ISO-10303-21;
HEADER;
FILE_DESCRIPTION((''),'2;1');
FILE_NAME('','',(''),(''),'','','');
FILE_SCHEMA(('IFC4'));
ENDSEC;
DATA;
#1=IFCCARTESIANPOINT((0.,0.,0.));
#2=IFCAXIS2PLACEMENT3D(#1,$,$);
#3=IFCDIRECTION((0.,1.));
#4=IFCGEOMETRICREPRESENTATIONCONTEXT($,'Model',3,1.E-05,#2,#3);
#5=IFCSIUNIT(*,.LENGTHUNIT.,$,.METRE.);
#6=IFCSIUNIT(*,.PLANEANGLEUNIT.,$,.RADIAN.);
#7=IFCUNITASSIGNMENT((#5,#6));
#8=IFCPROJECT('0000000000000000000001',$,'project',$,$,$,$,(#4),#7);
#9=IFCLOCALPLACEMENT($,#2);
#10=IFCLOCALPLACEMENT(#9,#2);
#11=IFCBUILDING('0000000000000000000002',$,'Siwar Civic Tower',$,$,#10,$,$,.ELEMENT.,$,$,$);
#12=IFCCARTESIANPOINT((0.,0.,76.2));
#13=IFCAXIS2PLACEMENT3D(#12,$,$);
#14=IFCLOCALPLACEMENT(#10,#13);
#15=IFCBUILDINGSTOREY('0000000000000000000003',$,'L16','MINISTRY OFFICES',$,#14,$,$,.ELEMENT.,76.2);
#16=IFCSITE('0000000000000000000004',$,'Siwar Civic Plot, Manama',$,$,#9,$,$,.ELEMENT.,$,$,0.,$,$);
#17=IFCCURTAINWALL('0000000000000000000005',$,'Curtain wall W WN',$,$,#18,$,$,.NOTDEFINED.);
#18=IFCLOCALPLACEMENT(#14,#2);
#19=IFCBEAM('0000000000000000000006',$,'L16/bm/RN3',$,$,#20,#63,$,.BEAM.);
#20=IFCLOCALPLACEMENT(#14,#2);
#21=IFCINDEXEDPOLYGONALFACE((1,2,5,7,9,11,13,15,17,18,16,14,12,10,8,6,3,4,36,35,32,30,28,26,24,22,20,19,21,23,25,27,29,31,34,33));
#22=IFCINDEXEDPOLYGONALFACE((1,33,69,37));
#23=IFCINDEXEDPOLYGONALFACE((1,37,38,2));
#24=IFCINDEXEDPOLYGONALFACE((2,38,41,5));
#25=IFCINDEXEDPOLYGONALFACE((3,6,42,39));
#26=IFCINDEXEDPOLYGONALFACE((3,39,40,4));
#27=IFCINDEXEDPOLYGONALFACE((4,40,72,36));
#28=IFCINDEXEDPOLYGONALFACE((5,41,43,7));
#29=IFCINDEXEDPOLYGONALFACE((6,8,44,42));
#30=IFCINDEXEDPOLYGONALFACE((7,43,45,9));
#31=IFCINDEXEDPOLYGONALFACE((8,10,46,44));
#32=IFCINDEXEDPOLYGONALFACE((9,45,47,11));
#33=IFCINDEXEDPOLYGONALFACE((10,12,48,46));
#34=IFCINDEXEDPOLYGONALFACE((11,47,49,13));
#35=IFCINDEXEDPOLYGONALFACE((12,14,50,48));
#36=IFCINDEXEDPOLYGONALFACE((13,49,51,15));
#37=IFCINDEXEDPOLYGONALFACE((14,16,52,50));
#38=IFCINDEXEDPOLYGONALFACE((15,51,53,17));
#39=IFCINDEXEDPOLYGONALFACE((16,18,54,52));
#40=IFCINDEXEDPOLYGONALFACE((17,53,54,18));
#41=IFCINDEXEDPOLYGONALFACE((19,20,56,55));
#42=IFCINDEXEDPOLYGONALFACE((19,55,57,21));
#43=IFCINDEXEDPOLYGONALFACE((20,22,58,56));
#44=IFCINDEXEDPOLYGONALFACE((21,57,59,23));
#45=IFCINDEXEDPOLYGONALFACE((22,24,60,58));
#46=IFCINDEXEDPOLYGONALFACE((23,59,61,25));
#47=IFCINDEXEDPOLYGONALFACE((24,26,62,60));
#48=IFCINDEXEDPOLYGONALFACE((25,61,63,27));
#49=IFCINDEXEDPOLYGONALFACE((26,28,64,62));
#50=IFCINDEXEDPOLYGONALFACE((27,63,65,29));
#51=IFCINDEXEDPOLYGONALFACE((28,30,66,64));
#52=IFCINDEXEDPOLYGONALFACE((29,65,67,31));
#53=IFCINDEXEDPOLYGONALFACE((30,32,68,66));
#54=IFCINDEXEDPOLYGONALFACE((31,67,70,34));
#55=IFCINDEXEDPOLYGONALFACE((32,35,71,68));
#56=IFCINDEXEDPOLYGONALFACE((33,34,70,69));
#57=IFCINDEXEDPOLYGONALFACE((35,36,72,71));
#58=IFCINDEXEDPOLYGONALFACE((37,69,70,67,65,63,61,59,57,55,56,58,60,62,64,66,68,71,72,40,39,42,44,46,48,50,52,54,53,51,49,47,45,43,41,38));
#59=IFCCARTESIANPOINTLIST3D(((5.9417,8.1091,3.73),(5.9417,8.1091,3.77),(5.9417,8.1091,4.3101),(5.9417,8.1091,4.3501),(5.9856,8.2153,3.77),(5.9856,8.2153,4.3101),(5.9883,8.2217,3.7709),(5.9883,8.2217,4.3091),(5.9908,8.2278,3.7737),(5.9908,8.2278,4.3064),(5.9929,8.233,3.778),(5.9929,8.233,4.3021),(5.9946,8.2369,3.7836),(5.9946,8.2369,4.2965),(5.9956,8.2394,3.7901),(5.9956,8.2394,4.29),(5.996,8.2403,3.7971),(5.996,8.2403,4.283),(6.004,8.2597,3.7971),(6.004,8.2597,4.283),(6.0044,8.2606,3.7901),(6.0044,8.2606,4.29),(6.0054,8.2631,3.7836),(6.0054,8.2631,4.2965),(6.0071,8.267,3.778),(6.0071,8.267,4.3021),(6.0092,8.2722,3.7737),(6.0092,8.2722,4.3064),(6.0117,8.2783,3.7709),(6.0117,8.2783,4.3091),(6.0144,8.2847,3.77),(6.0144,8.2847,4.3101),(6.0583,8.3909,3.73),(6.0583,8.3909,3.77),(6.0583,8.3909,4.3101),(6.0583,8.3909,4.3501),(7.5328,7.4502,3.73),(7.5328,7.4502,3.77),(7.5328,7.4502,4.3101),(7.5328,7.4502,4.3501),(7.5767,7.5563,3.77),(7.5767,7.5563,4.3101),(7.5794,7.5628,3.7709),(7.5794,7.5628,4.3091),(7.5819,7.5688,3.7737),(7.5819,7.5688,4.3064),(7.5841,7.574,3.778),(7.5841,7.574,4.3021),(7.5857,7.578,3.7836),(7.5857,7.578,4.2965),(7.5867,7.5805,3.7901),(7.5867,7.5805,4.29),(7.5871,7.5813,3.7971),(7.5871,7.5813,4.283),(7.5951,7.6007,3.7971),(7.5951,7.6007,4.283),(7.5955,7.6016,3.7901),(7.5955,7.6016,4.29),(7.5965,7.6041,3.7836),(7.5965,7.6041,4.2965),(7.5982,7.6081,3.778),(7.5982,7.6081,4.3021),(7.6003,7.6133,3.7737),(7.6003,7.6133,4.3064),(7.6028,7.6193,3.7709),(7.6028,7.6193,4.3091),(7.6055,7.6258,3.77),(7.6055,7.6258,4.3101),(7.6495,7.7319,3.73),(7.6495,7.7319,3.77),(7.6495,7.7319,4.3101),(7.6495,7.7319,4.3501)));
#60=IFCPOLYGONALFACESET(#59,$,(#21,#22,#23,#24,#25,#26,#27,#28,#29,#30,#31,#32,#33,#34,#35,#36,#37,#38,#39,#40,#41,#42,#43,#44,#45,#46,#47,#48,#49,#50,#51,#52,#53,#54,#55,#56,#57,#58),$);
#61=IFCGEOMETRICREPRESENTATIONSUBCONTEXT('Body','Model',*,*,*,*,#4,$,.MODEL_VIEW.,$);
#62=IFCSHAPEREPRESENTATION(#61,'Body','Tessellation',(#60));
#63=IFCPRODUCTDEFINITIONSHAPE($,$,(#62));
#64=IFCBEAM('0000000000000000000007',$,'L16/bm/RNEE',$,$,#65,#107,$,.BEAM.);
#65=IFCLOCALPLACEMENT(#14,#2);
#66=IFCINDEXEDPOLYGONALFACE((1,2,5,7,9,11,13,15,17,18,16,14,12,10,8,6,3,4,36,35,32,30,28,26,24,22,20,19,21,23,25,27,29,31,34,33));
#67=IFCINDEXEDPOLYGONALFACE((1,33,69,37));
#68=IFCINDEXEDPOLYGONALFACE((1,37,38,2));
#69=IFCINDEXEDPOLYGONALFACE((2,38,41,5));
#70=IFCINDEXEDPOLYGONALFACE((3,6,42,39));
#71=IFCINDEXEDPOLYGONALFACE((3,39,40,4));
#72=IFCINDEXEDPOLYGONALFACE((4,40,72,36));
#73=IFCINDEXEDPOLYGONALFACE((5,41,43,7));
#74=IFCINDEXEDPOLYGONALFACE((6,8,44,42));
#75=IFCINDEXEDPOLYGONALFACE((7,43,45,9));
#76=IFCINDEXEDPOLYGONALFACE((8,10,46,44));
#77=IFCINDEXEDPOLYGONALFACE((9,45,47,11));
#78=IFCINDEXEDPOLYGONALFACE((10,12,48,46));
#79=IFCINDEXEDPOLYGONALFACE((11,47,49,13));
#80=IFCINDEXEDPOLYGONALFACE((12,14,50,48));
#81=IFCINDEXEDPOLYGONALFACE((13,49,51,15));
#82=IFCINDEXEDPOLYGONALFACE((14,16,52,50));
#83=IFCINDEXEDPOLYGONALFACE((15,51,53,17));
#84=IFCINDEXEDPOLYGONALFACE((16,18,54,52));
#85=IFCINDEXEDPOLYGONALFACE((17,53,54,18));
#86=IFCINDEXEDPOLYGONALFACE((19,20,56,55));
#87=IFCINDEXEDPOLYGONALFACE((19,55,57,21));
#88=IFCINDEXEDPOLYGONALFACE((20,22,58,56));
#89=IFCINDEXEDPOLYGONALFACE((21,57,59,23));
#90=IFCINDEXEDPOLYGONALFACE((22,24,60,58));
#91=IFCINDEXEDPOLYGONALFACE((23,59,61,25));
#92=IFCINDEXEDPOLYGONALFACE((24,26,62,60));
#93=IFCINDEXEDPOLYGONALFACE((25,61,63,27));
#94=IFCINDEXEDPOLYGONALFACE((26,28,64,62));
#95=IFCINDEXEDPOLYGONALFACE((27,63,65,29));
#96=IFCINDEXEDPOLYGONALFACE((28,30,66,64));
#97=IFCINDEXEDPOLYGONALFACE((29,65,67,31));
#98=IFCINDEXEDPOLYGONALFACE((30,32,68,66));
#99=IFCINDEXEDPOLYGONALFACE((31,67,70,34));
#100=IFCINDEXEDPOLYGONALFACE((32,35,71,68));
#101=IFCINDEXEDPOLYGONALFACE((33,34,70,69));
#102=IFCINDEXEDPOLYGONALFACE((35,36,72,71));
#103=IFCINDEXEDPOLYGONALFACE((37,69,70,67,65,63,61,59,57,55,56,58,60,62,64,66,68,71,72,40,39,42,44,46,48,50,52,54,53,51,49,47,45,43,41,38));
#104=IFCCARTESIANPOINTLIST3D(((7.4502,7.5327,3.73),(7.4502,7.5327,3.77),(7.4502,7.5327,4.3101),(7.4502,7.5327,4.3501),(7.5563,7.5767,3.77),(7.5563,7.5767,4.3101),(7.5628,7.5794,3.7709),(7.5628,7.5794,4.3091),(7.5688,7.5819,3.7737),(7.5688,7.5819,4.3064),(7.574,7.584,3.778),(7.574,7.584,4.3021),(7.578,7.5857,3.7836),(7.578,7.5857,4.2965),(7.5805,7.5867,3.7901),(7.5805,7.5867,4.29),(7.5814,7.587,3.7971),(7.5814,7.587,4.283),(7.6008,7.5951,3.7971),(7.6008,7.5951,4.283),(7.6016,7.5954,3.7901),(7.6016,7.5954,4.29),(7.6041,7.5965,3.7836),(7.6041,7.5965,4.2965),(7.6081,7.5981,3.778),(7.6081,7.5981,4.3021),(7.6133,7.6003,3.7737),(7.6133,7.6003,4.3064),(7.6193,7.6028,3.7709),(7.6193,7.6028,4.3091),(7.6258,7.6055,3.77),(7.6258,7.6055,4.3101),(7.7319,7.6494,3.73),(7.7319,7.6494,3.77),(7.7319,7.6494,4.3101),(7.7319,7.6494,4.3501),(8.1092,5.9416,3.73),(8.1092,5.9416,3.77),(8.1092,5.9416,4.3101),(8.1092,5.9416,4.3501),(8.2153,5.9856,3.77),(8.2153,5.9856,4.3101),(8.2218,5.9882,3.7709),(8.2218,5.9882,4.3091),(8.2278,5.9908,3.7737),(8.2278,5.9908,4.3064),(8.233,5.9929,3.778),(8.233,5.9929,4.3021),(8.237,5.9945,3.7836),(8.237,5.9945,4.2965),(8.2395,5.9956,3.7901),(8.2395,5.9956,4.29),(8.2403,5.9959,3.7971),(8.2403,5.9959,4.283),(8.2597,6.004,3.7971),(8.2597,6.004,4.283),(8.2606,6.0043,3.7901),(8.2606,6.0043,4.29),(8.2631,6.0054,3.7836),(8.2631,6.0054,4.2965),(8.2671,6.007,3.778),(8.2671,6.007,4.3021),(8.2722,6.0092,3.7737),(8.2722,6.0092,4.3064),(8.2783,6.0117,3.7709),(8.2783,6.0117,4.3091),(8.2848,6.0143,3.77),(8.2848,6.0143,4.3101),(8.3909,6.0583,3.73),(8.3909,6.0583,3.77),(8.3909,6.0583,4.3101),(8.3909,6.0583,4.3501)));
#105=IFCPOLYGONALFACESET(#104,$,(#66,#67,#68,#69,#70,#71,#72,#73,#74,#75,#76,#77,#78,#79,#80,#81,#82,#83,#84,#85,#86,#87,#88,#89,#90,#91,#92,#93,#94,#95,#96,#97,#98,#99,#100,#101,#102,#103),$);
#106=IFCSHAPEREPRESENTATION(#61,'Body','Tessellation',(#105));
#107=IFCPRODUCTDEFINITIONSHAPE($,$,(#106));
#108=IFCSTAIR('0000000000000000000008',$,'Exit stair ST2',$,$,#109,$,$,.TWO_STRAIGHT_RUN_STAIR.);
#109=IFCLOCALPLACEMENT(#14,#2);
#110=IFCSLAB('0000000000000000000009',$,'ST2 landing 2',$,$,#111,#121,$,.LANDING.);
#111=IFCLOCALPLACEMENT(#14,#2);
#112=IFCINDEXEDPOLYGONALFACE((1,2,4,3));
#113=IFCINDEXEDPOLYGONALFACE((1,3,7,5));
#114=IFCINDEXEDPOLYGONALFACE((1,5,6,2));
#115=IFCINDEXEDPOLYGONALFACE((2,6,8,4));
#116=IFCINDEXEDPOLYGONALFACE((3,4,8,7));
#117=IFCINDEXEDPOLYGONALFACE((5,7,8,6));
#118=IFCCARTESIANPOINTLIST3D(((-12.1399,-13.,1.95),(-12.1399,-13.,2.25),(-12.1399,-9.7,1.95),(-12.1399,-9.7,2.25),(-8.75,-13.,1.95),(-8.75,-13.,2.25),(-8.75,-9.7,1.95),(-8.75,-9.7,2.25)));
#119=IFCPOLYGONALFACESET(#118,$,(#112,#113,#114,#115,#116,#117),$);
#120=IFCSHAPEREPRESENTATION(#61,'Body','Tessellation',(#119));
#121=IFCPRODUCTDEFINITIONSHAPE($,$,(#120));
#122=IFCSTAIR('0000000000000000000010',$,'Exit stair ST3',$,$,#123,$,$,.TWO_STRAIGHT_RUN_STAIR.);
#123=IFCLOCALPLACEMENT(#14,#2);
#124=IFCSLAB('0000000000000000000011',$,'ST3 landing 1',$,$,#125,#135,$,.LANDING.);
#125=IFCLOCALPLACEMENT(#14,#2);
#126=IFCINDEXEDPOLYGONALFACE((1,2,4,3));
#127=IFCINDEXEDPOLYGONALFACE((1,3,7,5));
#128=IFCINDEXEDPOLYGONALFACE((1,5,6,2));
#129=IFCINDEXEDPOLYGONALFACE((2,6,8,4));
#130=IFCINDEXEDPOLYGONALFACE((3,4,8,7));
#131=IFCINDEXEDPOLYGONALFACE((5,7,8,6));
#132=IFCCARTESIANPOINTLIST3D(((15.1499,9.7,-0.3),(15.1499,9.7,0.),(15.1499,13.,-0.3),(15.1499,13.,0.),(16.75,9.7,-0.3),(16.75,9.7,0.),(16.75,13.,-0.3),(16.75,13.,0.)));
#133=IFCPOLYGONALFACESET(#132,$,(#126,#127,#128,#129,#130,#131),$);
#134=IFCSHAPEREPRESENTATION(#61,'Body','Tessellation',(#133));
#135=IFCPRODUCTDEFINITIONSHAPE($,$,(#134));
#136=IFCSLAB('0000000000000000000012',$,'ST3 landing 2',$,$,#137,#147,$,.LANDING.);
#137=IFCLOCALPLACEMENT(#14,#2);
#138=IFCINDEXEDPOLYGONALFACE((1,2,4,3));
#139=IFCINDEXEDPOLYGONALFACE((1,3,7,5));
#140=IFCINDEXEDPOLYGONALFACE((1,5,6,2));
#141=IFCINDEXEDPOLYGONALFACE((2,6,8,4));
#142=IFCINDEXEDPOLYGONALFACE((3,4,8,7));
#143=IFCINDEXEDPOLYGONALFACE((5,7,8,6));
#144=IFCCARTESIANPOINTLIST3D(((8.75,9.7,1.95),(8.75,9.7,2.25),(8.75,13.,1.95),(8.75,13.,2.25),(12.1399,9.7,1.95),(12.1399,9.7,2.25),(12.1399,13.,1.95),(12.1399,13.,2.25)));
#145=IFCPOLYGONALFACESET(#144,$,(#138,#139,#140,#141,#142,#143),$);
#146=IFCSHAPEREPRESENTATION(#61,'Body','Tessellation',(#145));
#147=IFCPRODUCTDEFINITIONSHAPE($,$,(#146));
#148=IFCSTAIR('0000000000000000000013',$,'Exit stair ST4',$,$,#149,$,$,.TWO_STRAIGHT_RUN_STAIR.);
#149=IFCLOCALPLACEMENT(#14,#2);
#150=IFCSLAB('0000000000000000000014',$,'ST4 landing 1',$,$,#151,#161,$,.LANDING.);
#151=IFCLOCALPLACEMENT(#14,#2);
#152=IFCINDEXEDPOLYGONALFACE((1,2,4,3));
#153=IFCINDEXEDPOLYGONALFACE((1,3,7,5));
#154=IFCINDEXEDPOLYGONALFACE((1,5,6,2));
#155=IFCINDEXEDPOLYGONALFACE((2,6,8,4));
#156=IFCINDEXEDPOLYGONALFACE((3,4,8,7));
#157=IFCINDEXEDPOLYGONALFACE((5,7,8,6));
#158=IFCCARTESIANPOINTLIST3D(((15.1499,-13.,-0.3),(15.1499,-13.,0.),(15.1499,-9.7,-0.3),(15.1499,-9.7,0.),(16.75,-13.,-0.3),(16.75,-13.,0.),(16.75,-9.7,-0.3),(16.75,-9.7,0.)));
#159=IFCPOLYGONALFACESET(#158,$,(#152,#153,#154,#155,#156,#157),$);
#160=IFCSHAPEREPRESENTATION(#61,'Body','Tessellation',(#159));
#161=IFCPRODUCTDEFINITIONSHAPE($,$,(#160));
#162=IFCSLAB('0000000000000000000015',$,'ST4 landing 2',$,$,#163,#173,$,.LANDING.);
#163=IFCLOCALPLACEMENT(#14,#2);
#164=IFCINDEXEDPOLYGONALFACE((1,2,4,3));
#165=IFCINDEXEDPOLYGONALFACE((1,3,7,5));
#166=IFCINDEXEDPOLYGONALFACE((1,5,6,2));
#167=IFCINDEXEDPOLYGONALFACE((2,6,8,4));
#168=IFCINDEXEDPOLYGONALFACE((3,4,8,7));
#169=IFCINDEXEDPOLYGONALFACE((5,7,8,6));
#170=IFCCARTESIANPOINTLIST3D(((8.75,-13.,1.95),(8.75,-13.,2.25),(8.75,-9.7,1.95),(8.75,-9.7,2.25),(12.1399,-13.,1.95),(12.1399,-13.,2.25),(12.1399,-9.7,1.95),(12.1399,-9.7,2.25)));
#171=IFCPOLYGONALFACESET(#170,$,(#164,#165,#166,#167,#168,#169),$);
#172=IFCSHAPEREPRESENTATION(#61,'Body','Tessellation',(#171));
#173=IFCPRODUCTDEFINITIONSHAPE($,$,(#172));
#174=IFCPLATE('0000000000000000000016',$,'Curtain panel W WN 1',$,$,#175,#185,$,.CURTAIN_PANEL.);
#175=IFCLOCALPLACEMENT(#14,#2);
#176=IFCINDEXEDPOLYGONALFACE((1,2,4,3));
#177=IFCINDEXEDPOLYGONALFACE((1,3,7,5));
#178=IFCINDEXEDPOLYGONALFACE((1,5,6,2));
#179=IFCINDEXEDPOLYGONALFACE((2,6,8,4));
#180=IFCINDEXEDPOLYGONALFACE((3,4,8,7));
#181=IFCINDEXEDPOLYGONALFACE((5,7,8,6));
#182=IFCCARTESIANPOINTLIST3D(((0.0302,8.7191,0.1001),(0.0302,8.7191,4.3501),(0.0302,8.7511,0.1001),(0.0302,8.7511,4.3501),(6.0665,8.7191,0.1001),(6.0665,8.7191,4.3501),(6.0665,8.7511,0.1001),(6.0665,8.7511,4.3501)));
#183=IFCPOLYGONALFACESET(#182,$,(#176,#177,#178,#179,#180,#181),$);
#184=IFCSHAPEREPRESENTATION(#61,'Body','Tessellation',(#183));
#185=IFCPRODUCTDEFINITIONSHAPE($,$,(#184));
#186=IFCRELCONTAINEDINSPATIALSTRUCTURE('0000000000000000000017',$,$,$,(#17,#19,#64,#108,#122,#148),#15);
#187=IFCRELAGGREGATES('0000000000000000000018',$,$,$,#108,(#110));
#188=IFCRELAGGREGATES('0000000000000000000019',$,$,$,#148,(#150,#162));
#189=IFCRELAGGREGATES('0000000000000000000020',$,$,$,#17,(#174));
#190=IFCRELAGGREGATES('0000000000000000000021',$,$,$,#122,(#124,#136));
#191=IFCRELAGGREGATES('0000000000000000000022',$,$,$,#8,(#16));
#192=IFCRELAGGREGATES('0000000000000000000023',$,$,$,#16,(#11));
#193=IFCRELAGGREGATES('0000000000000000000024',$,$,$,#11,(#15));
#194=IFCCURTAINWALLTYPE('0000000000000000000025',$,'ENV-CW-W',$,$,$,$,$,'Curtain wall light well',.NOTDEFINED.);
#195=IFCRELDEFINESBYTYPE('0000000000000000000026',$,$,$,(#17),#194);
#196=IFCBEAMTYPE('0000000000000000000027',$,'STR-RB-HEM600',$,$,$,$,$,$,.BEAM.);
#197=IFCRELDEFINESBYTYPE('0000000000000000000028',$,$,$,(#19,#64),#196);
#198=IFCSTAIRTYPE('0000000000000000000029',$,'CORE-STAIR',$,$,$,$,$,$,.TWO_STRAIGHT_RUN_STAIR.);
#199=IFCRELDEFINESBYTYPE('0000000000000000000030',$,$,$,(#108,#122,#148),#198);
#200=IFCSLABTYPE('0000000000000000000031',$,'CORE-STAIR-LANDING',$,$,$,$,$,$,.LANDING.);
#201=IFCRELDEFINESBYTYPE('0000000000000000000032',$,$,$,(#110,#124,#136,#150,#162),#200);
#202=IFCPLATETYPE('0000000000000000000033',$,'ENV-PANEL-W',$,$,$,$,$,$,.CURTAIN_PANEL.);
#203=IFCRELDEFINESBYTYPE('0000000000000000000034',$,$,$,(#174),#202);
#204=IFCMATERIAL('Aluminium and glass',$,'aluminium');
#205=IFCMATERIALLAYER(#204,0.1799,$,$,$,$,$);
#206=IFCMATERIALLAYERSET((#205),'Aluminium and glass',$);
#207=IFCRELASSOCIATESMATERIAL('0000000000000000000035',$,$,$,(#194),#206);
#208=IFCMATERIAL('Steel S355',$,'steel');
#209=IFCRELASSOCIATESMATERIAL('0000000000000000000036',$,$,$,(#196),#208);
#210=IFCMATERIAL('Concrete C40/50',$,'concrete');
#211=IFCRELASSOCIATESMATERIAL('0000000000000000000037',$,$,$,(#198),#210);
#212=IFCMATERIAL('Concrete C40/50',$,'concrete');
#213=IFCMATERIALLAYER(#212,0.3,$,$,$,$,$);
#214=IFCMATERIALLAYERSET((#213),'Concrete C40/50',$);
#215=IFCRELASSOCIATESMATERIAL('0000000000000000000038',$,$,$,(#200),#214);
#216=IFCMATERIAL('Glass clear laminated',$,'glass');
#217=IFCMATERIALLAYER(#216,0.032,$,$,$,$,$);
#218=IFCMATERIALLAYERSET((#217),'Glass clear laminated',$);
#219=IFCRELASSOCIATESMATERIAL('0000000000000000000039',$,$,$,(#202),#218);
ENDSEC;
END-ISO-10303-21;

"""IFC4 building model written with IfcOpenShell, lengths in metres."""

from ifc_helpers import new_model, si_unit, direction, frame, origin, origin_2d, place, context, subcontext, project, spatial, polyline, rectangle, i_section, outline, extrude, material, layer, layer_set, material_profile, profile_set, type_object, element, aggregate, save


model = new_model("IFC4")

# Units and contexts
model_context = context("Model", 3, precision=1e-05, world=origin(), true_north=direction((0.0, 1.0)))
body_context = subcontext(model_context, "Body", "Model", "MODEL_VIEW")
ifc_project = project(units=[si_unit("LENGTHUNIT", "METRE"), si_unit("PLANEANGLEUNIT", "RADIAN")], contexts=[model_context])

# Site, building, storey
site_placement = place(None, origin())
site = spatial("IfcSite", under=ifc_project, at=site_placement, Name="Siwar Civic Plot, Manama", CompositionType="ELEMENT", RefElevation=0.0)
building_placement = place(site_placement, origin())
building = spatial("IfcBuilding", under=site, at=building_placement, Name="Siwar Civic Tower", CompositionType="ELEMENT")
storey_placement = place(building_placement, frame((0.0, 0.0, 76.2)))
storey = spatial("IfcBuildingStorey", under=building, at=storey_placement, Name="L16", Description="MINISTRY OFFICES", CompositionType="ELEMENT", Elevation=76.2)

# Curtain wall
ifc_material_1 = material(Name="Aluminium and glass", Category="aluminium")
ifc_layer_1 = layer(ifc_material_1, 0.1799)
ifc_layer_set_1 = layer_set([ifc_layer_1], Name="Aluminium and glass")
curtain_wall_type = type_object("IfcCurtainWallType", Name="ENV-CW-W", ElementType="Curtain wall light well", PredefinedType="NOTDEFINED", material=ifc_layer_set_1)
curtain_wall_placement = place(storey_placement, origin())
curtain_wall = element("IfcCurtainWall", 1, at=curtain_wall_placement, inside=storey, type_object=curtain_wall_type, Name="Curtain wall W WN", PredefinedType="NOTDEFINED")

# Beams
ifc_material_2 = material(Name="Steel S355", Category="steel")
ifc_material_profile_1 = material_profile(ifc_material_2, i_section(OverallWidth=0.3049, OverallDepth=0.6201, WebThickness=0.021, FlangeThickness=0.04, FilletRadius=0.0271, at=origin_2d()), Name="HEM600")
ifc_profile_set_1 = profile_set([ifc_material_profile_1], Name="Steel S355")
beam_type_1 = type_object("IfcBeamType", Name="STR-RB-HEM600", PredefinedType="BEAM", material=ifc_profile_set_1)
for number, where, z_axis, x_axis, name in (
    (2, (6.0, 8.25, 4.04), (0.923901, -0.382631, 0.0), (0.382631, 0.923901, 0.0), "L16/bm/RN3"),
    (3, (7.5911, 7.5911, 4.04), (0.382631, -0.923901, 0.0), (0.923901, 0.382631, 0.0), "L16/bm/RNEE"),
):
    element("IfcBeam", number, at=place(storey_placement, frame(where, z_axis=z_axis, x_axis=x_axis)), inside=storey, type_object=beam_type_1, Name=name, PredefinedType="BEAM", context=body_context, shape_type="SweptSolid", body=[
        extrude(i_section(OverallWidth=0.3049, OverallDepth=0.6201, WebThickness=0.021, FlangeThickness=0.04, FilletRadius=0.0271, at=origin_2d()), origin(), (0.0, 0.0, 1.0), 1.7222),
    ])

# Stair, slab
ifc_material_3 = material(Name="Concrete C40/50", Category="concrete")
stair_type = type_object("IfcStairType", Name="CORE-STAIR", PredefinedType="TWO_STRAIGHT_RUN_STAIR", material=ifc_material_3)
stair_1_placement = place(storey_placement, origin())
stair_1 = element("IfcStair", 4, at=stair_1_placement, inside=storey, type_object=stair_type, Name="Exit stair ST2", PredefinedType="TWO_STRAIGHT_RUN_STAIR")
ifc_material_4 = material(Name="Concrete C40/50", Category="concrete")
ifc_layer_2 = layer(ifc_material_4, 0.3)
ifc_layer_set_2 = layer_set([ifc_layer_2], Name="Concrete C40/50")
slab_type = type_object("IfcSlabType", Name="CORE-STAIR-LANDING", PredefinedType="LANDING", material=ifc_layer_set_2)
slab_1_placement = place(storey_placement, frame((0.0, 0.0, 1.95)))
slab_1 = element("IfcSlab", 5, at=slab_1_placement, type_object=slab_type, Name="ST2 landing 2", PredefinedType="LANDING", context=body_context, shape_type="SweptSolid", body=[
    extrude(outline(polyline([(-8.75, -9.7), (-12.1399, -9.7), (-12.1399, -13.0), (-8.75, -13.0), (-8.75, -9.7)])), origin(), (0.0, 0.0, 1.0), 0.3),
])
aggregate(stair_1, [slab_1])

# Stairs, slabs
stair_2_placement = place(storey_placement, origin())
stair_2 = element("IfcStair", 6, at=stair_2_placement, inside=storey, type_object=stair_type, Name="Exit stair ST3", PredefinedType="TWO_STRAIGHT_RUN_STAIR")
slab_2_placement = place(storey_placement, frame((0.0, 0.0, -0.3)))
slab_2 = element("IfcSlab", 7, at=slab_2_placement, type_object=slab_type, Name="ST3 landing 1", PredefinedType="LANDING", context=body_context, shape_type="SweptSolid", body=[
    extrude(outline(polyline([(15.1499, 9.7), (16.75, 9.7), (16.75, 13.0), (15.1499, 13.0), (15.1499, 9.7)])), origin(), (0.0, 0.0, 1.0), 0.3),
])
slab_3_placement = place(storey_placement, frame((0.0, 0.0, 1.95)))
slab_3 = element("IfcSlab", 8, at=slab_3_placement, type_object=slab_type, Name="ST3 landing 2", PredefinedType="LANDING", context=body_context, shape_type="SweptSolid", body=[
    extrude(outline(polyline([(8.75, 9.7), (12.1399, 9.7), (12.1399, 13.0), (8.75, 13.0), (8.75, 9.7)])), origin(), (0.0, 0.0, 1.0), 0.3),
])
stair_3_placement = place(storey_placement, origin())
stair_3 = element("IfcStair", 9, at=stair_3_placement, inside=storey, type_object=stair_type, Name="Exit stair ST4", PredefinedType="TWO_STRAIGHT_RUN_STAIR")
slab_4_placement = place(storey_placement, frame((0.0, 0.0, -0.3)))
slab_4 = element("IfcSlab", 10, at=slab_4_placement, type_object=slab_type, Name="ST4 landing 1", PredefinedType="LANDING", context=body_context, shape_type="SweptSolid", body=[
    extrude(outline(polyline([(15.1499, -13.0), (16.75, -13.0), (16.75, -9.7), (15.1499, -9.7), (15.1499, -13.0)])), origin(), (0.0, 0.0, 1.0), 0.3),
])
slab_5_placement = place(storey_placement, frame((0.0, 0.0, 1.95)))
slab_5 = element("IfcSlab", 11, at=slab_5_placement, type_object=slab_type, Name="ST4 landing 2", PredefinedType="LANDING", context=body_context, shape_type="SweptSolid", body=[
    extrude(outline(polyline([(8.75, -13.0), (12.1399, -13.0), (12.1399, -9.7), (8.75, -9.7), (8.75, -13.0)])), origin(), (0.0, 0.0, 1.0), 0.3),
])
aggregate(stair_3, [slab_4, slab_5])

# Plate
ifc_material_5 = material(Name="Glass clear laminated", Category="glass")
ifc_layer_3 = layer(ifc_material_5, 0.032)
ifc_layer_set_3 = layer_set([ifc_layer_3], Name="Glass clear laminated")
plate_type = type_object("IfcPlateType", Name="ENV-PANEL-W", PredefinedType="CURTAIN_PANEL", material=ifc_layer_set_3)
plate_placement = place(storey_placement, frame((3.0483, 8.7351, 0.1001), z_axis=(0.0, 0.0, 1.0), x_axis=(-1.0, 0.0, 0.0)))
plate = element("IfcPlate", 12, at=plate_placement, type_object=plate_type, Name="Curtain panel W WN 1", PredefinedType="CURTAIN_PANEL", context=body_context, shape_type="SweptSolid", body=[
    extrude(rectangle(XDim=6.0364, YDim=0.032, at=origin_2d()), origin(), (0.0, 0.0, 1.0), 4.25),
])
aggregate(curtain_wall, [plate])

aggregate(stair_2, [slab_2, slab_3])

save(model, "model.ifc")
